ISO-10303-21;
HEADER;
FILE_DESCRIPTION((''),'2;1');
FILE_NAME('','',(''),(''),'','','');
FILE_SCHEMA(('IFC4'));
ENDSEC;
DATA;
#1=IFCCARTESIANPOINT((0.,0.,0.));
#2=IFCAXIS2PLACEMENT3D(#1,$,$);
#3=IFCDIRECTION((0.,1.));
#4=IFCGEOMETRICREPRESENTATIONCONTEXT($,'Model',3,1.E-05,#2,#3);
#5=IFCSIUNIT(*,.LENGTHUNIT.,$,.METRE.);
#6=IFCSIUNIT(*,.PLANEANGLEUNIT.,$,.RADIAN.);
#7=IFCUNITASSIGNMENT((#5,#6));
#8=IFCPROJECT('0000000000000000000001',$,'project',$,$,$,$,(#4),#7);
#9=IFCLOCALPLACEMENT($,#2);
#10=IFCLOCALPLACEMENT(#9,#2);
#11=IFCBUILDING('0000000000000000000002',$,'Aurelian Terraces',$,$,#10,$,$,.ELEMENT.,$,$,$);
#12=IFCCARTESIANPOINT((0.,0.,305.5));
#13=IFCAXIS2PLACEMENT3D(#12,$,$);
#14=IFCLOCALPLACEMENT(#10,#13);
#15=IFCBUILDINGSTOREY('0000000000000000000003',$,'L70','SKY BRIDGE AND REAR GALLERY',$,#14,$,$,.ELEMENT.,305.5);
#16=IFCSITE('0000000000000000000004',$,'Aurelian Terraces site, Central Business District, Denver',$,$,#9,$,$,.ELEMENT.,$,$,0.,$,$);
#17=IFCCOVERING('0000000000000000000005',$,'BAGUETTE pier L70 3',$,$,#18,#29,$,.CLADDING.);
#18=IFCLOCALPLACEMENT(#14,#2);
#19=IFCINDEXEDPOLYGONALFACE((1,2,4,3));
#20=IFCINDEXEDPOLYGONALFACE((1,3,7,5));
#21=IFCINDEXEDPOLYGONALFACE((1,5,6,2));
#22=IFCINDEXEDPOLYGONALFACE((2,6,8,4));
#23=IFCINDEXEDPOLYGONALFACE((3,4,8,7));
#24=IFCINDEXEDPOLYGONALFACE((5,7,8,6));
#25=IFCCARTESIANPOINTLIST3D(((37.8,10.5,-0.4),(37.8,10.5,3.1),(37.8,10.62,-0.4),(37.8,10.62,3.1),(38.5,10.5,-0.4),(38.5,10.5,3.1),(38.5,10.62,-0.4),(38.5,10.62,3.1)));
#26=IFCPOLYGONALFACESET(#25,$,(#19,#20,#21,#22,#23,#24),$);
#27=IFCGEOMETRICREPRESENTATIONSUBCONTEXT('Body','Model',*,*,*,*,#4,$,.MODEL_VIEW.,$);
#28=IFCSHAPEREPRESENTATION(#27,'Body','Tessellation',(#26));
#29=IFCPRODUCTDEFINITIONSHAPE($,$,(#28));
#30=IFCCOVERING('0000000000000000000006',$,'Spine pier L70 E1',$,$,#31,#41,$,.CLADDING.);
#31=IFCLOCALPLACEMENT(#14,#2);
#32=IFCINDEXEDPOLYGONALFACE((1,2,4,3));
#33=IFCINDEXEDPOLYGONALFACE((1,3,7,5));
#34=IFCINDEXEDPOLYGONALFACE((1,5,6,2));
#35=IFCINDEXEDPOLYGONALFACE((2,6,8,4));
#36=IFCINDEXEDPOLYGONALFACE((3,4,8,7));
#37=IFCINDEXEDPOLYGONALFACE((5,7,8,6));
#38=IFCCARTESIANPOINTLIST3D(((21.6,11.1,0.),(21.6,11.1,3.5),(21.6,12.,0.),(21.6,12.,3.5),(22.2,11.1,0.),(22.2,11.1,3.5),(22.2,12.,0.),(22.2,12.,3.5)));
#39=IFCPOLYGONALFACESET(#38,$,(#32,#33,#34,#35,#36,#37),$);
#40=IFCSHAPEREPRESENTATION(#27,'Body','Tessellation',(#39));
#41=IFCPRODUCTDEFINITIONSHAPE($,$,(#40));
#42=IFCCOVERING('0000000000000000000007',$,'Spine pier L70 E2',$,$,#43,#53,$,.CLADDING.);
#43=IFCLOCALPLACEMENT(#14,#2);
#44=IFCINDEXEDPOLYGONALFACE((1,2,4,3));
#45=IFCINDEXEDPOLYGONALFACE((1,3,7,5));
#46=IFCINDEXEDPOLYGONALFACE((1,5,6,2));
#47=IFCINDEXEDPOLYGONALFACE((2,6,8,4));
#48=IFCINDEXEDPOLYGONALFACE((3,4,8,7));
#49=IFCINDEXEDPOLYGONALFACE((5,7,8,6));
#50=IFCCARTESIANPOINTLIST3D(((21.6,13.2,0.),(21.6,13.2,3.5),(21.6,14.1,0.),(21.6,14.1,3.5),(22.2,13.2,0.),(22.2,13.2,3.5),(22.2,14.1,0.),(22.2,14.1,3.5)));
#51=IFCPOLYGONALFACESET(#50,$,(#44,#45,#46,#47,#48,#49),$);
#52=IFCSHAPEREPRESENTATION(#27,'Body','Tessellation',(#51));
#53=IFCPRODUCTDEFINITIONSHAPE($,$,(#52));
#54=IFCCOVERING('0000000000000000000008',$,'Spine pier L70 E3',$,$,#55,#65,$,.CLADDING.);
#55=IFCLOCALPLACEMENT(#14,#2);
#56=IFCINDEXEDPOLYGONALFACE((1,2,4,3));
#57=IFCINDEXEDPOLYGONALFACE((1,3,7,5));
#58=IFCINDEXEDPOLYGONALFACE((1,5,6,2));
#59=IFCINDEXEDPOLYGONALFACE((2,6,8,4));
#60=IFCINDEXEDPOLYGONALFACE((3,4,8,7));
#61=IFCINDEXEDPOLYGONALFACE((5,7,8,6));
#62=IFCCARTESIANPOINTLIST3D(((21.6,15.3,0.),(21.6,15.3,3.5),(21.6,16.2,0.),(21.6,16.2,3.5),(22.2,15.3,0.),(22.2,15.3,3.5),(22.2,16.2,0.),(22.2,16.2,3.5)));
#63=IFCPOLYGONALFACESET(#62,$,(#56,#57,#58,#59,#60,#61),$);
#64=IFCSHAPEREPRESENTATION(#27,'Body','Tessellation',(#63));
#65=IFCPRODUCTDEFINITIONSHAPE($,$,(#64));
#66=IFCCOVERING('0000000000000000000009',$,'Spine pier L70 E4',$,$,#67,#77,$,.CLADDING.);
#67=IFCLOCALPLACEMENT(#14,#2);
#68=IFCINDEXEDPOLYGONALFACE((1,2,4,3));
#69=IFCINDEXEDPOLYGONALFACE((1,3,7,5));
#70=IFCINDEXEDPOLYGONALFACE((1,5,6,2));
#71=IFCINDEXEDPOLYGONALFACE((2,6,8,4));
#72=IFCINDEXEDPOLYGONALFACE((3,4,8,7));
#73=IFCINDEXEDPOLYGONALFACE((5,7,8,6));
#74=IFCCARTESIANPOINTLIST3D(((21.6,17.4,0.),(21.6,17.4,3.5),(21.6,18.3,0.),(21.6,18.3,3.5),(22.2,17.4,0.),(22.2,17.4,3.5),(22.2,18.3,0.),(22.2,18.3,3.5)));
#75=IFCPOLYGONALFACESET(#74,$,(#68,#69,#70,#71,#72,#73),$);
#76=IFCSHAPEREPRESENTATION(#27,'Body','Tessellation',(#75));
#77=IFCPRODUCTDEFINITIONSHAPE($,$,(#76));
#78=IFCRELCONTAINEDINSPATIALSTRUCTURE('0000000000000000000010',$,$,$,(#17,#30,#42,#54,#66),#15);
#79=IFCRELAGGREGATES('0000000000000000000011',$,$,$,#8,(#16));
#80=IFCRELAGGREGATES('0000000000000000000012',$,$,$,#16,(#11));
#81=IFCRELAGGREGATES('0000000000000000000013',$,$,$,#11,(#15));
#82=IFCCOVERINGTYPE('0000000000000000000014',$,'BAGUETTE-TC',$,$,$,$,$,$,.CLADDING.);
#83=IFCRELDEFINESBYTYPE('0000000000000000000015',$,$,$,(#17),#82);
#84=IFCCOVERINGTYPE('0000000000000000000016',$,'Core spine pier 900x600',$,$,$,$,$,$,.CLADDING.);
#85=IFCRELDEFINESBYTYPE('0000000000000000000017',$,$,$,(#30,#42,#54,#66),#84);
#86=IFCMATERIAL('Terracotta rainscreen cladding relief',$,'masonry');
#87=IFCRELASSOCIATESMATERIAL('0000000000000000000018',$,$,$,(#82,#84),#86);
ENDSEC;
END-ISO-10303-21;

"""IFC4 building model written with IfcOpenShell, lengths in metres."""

from ifc_helpers import new_model, si_unit, direction, frame, origin, origin_2d, place, context, subcontext, project, spatial, rectangle, extrude, source, transform, mapped, material, type_object, element, save


model = new_model("IFC4")

# Units and contexts
model_context = context("Model", 3, precision=1e-05, world=origin(), true_north=direction((0.0, 1.0)))
body_context = subcontext(model_context, "Body", "Model", "MODEL_VIEW")
ifc_project = project(units=[si_unit("LENGTHUNIT", "METRE"), si_unit("PLANEANGLEUNIT", "RADIAN")], contexts=[model_context])

# Site, building, storey
site_placement = place(None, origin())
site = spatial("IfcSite", under=ifc_project, at=site_placement, Name="Aurelian Terraces site, Central Business District, Denver", CompositionType="ELEMENT", RefElevation=0.0)
building_placement = place(site_placement, origin())
building = spatial("IfcBuilding", under=site, at=building_placement, Name="Aurelian Terraces", CompositionType="ELEMENT")
storey_placement = place(building_placement, frame((0.0, 0.0, 305.5)))
storey = spatial("IfcBuildingStorey", under=building, at=storey_placement, Name="L70", Description="SKY BRIDGE AND REAR GALLERY", CompositionType="ELEMENT", Elevation=305.5)

# Coverings
ifc_material_1 = material(Name="Terracotta rainscreen cladding relief", Category="masonry")
covering_type_1 = type_object("IfcCoveringType", Name="BAGUETTE-TC", PredefinedType="CLADDING", material=ifc_material_1)
shared_shape_1 = source(origin(), body_context, "Body", "SweptSolid", [
    extrude(rectangle(XDim=0.7, YDim=0.12, at=origin_2d()), origin(), (0.0, 0.0, 1.0), 3.5),
])
covering_placement = place(storey_placement, frame((38.15, 10.56, -0.4), z_axis=(0.0, 0.0, 1.0), x_axis=(1.0, 0.0, 0.0)))
element("IfcCovering", 1, at=covering_placement, inside=storey, type_object=covering_type_1, Name="BAGUETTE pier L70 3", PredefinedType="CLADDING", context=body_context, shape_type="MappedRepresentation", body=[
    mapped(shared_shape_1, transform((0.0, 0.0, 0.0), scale=1.0)),
])
covering_type_2 = type_object("IfcCoveringType", Name="Core spine pier 900x600", PredefinedType="CLADDING", material=ifc_material_1)
shared_shape_2 = source(origin(), body_context, "Body", "SweptSolid", [
    extrude(rectangle(XDim=0.6, YDim=0.9, at=origin_2d()), origin(), (0.0, 0.0, 1.0), 3.5),
])
for number, where, z_axis, x_axis, name in (
    (2, (21.9, 11.55, 0.0), (0.0, 0.0, 1.0), (1.0, 0.0, 0.0), "Spine pier L70 E1"),
    (3, (21.9, 13.65, 0.0), (0.0, 0.0, 1.0), (1.0, 0.0, 0.0), "Spine pier L70 E2"),
    (4, (21.9, 15.75, 0.0), (0.0, 0.0, 1.0), (1.0, 0.0, 0.0), "Spine pier L70 E3"),
    (5, (21.9, 17.85, 0.0), (0.0, 0.0, 1.0), (1.0, 0.0, 0.0), "Spine pier L70 E4"),
):
    element("IfcCovering", number, at=place(storey_placement, frame(where, z_axis=z_axis, x_axis=x_axis)), inside=storey, type_object=covering_type_2, Name=name, PredefinedType="CLADDING", context=body_context, shape_type="MappedRepresentation", body=[
        mapped(shared_shape_2, transform((0.0, 0.0, 0.0), scale=1.0)),
    ])

save(model, "model.ifc")
